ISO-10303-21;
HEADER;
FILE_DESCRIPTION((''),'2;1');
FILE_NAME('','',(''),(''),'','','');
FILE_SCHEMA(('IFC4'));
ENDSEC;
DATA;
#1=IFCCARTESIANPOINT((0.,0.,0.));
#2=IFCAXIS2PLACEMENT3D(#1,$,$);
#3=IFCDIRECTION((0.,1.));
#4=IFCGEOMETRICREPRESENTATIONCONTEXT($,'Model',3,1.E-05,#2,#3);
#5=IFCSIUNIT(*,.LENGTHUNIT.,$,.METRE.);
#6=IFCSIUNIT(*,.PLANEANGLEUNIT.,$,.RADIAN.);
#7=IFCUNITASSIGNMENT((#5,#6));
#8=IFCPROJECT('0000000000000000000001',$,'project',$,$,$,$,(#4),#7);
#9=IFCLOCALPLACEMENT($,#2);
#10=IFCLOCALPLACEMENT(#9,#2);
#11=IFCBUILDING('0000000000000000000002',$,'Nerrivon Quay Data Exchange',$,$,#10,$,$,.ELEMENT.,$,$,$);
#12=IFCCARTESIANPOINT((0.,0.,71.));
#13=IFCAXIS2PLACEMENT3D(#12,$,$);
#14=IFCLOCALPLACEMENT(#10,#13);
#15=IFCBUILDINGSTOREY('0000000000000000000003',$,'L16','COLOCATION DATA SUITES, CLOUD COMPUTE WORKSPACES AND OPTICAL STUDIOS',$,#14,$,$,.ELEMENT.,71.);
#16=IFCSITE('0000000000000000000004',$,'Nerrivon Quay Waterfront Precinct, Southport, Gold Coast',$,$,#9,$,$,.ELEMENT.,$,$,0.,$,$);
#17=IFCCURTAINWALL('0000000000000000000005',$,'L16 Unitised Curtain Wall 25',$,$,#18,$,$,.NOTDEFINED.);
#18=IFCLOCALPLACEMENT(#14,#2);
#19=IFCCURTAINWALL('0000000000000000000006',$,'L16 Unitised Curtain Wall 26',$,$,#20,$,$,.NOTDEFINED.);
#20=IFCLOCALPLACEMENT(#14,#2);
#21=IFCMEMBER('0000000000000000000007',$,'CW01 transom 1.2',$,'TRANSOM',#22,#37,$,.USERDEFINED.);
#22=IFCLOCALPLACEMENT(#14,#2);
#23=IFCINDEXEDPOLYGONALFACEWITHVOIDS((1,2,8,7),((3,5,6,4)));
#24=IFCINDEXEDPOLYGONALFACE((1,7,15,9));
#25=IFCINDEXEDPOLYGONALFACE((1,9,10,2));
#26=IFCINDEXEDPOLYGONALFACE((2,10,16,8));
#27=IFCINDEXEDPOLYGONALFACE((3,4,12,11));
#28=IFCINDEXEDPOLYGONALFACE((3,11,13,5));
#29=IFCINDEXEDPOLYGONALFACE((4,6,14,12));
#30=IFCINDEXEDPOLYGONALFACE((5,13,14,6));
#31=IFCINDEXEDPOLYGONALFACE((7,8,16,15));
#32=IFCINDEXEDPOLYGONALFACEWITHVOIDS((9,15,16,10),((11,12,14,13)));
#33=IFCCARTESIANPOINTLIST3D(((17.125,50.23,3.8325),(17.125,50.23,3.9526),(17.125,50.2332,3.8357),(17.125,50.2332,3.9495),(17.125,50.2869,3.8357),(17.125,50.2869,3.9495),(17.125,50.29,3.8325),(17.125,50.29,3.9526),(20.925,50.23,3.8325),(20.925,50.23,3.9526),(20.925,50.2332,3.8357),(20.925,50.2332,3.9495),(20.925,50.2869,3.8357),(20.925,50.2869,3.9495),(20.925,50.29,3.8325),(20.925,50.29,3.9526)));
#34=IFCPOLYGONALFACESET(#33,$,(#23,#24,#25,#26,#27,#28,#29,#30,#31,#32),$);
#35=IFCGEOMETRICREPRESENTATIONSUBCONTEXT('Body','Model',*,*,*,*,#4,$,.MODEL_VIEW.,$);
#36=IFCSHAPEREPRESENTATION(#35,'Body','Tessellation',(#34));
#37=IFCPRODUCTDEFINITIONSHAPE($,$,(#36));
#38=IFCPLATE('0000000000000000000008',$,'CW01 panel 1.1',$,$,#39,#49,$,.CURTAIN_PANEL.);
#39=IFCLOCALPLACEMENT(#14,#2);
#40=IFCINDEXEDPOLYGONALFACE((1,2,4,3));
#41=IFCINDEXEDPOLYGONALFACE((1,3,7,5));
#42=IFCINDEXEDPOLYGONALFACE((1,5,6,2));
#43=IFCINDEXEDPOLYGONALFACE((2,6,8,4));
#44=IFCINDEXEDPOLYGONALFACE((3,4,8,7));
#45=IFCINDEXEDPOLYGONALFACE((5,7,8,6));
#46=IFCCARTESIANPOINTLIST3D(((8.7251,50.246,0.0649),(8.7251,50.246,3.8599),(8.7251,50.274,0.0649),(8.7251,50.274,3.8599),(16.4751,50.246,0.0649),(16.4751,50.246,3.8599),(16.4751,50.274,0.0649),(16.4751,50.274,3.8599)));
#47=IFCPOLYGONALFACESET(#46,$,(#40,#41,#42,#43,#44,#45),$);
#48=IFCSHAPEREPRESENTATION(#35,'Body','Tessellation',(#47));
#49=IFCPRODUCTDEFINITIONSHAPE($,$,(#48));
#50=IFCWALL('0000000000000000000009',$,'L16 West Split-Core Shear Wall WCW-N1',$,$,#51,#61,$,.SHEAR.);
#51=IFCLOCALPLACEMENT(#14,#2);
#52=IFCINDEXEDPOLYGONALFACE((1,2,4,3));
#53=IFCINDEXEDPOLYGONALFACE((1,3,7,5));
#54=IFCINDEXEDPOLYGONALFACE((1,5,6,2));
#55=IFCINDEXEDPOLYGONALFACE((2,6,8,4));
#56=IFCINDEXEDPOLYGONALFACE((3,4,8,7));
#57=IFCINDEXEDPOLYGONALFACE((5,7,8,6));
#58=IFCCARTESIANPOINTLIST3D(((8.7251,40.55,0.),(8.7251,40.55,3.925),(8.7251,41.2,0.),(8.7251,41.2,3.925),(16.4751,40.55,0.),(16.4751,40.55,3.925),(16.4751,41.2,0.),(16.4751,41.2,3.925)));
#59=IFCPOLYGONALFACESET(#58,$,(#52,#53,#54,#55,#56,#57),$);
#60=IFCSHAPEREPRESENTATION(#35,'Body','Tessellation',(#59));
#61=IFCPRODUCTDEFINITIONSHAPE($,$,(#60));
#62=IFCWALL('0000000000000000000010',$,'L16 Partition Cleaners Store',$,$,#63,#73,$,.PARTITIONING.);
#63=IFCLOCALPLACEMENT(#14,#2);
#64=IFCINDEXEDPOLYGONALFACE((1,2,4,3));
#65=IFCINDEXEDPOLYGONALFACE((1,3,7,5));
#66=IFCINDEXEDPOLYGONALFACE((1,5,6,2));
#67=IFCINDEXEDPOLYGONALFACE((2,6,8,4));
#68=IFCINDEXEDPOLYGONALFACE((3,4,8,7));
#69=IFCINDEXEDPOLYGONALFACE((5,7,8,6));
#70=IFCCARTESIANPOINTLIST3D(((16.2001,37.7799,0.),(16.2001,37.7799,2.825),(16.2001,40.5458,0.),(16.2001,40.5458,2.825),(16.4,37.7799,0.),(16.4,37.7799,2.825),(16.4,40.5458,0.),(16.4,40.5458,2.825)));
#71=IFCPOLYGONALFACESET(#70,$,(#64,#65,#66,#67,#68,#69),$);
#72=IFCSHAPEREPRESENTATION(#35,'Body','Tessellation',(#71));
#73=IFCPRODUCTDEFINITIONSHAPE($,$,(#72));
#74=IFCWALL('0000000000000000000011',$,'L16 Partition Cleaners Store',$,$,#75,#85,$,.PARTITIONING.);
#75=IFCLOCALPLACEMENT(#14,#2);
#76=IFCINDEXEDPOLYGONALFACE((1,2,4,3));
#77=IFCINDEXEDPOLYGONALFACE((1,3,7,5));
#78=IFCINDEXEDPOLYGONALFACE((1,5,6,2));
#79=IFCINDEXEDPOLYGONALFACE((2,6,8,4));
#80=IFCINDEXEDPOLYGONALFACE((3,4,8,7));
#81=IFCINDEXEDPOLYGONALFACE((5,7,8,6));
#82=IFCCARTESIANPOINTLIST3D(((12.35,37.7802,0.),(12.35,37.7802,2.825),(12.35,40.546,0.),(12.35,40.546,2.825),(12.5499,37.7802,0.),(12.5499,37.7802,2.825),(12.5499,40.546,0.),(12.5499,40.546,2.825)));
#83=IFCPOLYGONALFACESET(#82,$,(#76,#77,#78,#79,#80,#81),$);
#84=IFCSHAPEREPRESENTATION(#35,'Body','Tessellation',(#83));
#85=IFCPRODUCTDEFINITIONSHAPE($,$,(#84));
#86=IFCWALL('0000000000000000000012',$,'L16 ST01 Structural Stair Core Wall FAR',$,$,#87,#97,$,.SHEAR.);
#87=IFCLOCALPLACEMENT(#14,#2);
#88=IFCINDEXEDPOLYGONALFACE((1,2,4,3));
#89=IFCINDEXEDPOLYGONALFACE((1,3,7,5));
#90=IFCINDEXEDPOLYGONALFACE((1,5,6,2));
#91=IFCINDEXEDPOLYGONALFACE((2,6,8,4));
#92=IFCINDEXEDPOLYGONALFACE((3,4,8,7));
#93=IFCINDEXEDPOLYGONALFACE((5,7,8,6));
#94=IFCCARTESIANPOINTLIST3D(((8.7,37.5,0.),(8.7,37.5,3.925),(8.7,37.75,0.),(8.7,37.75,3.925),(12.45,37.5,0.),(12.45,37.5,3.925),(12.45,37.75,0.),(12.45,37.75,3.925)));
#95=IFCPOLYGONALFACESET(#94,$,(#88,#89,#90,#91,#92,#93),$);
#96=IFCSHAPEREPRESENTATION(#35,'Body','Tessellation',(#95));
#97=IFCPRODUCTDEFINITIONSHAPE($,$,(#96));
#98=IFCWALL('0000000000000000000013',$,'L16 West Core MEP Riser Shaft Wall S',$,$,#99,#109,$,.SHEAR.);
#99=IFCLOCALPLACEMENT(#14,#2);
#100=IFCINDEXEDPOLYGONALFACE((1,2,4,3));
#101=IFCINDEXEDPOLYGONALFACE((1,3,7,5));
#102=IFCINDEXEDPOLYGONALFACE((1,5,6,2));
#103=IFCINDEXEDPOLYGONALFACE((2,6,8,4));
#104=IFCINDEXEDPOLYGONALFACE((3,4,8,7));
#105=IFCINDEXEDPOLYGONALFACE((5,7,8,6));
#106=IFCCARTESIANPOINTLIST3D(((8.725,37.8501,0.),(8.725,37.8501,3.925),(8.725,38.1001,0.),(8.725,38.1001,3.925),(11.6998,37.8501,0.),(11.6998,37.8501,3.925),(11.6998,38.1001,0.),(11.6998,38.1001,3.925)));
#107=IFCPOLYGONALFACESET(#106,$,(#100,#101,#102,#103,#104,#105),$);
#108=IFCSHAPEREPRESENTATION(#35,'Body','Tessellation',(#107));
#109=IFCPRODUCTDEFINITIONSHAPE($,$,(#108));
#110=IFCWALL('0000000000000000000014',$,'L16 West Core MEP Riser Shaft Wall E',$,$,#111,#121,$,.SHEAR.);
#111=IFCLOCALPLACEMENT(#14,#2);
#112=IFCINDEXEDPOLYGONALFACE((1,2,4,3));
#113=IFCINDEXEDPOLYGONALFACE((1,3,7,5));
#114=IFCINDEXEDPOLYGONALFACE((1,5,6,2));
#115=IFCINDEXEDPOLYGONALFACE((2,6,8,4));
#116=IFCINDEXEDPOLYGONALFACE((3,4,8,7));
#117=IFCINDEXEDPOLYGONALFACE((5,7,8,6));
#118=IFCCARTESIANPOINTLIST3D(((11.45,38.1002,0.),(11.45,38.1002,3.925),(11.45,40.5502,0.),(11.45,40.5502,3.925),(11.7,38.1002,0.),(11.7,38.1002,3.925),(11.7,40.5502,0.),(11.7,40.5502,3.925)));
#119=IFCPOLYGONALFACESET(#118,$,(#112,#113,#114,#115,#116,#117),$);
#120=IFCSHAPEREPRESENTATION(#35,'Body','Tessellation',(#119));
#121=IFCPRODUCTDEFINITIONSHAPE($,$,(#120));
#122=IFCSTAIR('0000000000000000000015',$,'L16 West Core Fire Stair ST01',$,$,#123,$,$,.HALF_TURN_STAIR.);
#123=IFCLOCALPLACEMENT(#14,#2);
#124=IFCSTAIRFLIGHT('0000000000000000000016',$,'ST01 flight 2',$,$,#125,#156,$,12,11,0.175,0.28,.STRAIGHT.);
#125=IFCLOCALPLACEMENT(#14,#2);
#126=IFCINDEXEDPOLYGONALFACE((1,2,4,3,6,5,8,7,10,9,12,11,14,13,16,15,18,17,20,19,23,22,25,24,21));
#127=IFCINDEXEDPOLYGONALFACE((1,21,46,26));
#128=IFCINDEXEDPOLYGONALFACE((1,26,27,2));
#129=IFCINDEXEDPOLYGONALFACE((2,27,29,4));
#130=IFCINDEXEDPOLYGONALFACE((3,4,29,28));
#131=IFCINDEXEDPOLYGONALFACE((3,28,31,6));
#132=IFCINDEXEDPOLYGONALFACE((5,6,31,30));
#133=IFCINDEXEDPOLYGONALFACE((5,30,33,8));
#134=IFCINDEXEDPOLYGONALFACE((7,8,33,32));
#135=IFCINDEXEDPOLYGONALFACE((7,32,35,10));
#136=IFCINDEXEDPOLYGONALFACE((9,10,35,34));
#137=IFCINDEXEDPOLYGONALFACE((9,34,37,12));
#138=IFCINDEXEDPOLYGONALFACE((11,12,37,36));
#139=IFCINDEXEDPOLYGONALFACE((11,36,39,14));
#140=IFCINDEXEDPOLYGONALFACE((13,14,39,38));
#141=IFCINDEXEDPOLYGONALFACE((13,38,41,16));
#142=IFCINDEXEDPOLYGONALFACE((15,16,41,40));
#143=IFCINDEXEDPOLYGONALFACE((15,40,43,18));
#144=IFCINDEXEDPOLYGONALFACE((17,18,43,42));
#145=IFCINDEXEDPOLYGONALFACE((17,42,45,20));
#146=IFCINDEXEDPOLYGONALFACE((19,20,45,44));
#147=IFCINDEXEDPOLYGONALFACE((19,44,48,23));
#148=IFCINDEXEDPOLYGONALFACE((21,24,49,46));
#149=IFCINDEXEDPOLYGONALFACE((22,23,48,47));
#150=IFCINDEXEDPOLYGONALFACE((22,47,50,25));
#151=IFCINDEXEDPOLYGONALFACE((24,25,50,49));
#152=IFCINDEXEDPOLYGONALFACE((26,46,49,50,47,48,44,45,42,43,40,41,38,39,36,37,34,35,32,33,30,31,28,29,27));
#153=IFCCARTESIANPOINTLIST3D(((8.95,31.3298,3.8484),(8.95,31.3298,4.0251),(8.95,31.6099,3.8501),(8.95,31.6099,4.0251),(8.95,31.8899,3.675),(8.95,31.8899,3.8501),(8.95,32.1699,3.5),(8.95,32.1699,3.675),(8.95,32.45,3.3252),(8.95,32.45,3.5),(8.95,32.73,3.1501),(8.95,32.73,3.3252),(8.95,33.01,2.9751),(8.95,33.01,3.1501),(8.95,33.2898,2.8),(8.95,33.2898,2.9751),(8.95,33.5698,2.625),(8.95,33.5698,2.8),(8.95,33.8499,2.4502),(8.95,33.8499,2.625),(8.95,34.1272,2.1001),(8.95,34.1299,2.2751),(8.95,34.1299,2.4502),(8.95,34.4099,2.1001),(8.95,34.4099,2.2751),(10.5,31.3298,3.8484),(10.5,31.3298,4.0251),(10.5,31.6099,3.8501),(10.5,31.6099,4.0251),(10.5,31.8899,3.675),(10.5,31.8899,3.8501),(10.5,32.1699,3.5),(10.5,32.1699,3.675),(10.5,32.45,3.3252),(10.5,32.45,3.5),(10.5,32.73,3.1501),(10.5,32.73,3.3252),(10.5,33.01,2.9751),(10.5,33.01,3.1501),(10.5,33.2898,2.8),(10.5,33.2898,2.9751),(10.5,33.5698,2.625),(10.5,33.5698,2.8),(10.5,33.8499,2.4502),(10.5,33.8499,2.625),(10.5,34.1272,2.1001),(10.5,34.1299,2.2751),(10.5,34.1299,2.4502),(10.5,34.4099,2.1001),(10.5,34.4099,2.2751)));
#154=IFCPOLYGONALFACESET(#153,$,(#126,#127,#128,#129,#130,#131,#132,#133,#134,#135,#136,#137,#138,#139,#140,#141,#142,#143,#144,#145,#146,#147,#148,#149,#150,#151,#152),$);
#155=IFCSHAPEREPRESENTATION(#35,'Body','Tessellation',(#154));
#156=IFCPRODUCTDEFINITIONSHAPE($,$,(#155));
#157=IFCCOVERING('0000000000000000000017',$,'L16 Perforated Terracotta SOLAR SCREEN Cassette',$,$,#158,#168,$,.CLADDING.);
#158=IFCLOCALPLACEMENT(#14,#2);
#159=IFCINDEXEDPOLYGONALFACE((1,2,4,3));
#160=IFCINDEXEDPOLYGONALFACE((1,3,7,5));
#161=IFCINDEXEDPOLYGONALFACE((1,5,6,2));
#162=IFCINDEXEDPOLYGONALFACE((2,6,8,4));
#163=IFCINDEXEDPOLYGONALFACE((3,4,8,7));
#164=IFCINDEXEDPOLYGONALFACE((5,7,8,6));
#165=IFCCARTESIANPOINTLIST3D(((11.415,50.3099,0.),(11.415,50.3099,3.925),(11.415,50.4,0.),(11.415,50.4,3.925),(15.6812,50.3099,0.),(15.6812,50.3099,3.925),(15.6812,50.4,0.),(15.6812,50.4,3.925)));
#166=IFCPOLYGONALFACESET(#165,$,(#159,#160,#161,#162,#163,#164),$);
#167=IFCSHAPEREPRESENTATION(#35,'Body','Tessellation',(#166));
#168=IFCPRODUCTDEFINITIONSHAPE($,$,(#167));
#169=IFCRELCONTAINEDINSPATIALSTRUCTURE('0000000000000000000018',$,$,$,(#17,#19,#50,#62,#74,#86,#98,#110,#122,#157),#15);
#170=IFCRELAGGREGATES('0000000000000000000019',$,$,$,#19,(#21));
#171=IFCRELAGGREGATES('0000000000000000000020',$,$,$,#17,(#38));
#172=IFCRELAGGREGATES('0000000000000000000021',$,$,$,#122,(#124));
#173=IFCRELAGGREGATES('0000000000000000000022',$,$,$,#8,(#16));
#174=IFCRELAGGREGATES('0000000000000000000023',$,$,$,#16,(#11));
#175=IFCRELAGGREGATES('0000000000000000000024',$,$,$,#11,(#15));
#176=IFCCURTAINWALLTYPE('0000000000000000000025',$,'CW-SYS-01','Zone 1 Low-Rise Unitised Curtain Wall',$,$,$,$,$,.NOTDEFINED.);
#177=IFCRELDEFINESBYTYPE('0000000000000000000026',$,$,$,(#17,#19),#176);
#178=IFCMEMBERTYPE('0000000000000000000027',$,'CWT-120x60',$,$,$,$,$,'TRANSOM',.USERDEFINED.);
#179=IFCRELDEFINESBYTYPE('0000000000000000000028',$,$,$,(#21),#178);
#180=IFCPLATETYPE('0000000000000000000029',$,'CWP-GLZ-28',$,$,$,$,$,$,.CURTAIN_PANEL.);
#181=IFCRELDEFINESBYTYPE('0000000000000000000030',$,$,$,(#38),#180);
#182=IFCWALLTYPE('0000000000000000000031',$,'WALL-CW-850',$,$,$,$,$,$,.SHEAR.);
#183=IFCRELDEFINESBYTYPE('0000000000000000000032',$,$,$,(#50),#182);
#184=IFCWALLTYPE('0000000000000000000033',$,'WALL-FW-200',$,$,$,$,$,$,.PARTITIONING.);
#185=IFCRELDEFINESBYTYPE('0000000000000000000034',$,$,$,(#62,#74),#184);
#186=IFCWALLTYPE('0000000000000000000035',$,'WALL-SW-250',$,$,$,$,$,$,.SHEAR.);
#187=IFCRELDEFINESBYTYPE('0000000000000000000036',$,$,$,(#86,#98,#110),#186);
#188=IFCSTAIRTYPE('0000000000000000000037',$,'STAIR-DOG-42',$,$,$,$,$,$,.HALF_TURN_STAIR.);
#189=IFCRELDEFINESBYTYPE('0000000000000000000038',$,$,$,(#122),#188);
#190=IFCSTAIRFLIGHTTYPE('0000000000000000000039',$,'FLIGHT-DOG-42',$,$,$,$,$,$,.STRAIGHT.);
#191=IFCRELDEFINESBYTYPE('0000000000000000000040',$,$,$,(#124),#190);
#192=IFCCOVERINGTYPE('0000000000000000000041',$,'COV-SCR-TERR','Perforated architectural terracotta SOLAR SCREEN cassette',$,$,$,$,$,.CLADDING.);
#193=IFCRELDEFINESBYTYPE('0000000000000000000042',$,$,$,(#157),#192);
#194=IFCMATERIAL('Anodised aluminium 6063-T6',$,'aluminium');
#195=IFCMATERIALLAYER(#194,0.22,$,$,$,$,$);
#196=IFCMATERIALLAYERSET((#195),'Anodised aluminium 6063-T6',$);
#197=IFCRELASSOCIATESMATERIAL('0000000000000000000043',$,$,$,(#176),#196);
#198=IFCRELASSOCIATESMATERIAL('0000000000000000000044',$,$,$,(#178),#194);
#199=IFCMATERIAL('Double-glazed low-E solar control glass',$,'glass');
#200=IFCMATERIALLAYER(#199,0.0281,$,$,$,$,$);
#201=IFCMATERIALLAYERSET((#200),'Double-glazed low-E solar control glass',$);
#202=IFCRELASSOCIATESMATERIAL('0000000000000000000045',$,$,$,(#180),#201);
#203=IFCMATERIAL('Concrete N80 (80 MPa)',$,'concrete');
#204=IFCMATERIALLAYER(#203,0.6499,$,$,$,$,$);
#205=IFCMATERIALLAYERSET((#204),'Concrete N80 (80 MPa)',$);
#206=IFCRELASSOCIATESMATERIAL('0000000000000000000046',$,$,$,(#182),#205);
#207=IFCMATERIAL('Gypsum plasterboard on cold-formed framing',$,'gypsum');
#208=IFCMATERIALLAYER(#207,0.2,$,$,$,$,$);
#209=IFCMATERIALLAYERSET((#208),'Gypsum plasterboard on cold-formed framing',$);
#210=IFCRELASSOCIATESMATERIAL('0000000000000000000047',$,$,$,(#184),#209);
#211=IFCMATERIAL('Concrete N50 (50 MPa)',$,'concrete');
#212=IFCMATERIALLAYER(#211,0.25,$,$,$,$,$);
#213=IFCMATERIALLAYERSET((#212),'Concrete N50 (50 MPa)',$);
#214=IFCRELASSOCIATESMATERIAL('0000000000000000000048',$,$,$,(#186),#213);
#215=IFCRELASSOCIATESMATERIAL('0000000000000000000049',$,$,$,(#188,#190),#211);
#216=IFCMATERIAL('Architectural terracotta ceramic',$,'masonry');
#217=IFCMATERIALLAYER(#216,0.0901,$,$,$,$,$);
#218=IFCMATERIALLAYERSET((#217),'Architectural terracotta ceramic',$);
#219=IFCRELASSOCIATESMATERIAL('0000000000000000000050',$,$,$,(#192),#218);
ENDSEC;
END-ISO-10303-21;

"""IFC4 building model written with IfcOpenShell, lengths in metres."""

from ifc_helpers import new_model, si_unit, direction, frame, frame_2d, origin, origin_2d, place, context, subcontext, project, spatial, polyline, rectangle, hollow_rectangle, outline, extrude, material, layer, layer_set, material_profile, profile_set, type_object, element, aggregate, save


model = new_model("IFC4")

# Units and contexts
model_context = context("Model", 3, precision=1e-05, world=origin(), true_north=direction((0.0, 1.0)))
body_context = subcontext(model_context, "Body", "Model", "MODEL_VIEW")
ifc_project = project(units=[si_unit("LENGTHUNIT", "METRE"), si_unit("PLANEANGLEUNIT", "RADIAN")], contexts=[model_context])

# Site, building, storey
site_placement = place(None, origin())
site = spatial("IfcSite", under=ifc_project, at=site_placement, Name="Nerrivon Quay Waterfront Precinct, Southport, Gold Coast", CompositionType="ELEMENT", RefElevation=0.0)
building_placement = place(site_placement, origin())
building = spatial("IfcBuilding", under=site, at=building_placement, Name="Nerrivon Quay Data Exchange", CompositionType="ELEMENT")
storey_placement = place(building_placement, frame((0.0, 0.0, 71.0)))
storey = spatial("IfcBuildingStorey", under=building, at=storey_placement, Name="L16", Description="COLOCATION DATA SUITES, CLOUD COMPUTE WORKSPACES AND OPTICAL STUDIOS", CompositionType="ELEMENT", Elevation=71.0)

# Shared definitions
ifc_material_1 = material(Name="Concrete N80 (80 MPa)", Category="concrete")

# Curtain walls
ifc_material_2 = material(Name="Anodised aluminium 6063-T6", Category="aluminium")
ifc_layer_1 = layer(ifc_material_2, 0.22)
ifc_layer_set_1 = layer_set([ifc_layer_1], Name="Anodised aluminium 6063-T6")
curtain_wall_type = type_object("IfcCurtainWallType", Name="CW-SYS-01", Description="Zone 1 Low-Rise Unitised Curtain Wall", PredefinedType="NOTDEFINED", material=ifc_layer_set_1)
curtain_wall_1_placement = place(storey_placement, origin())
curtain_wall_1 = element("IfcCurtainWall", 1, at=curtain_wall_1_placement, inside=storey, type_object=curtain_wall_type, Name="L16 Unitised Curtain Wall 25", PredefinedType="NOTDEFINED")
curtain_wall_2_placement = place(storey_placement, origin())
curtain_wall_2 = element("IfcCurtainWall", 2, at=curtain_wall_2_placement, inside=storey, type_object=curtain_wall_type, Name="L16 Unitised Curtain Wall 26", PredefinedType="NOTDEFINED")

# Member
ifc_material_profile_1 = material_profile(ifc_material_2, hollow_rectangle(XDim=0.0601, YDim=0.1201, WallThickness=0.0032, at=origin_2d()), Name="ALU-TRAN-120x60")
ifc_profile_set_1 = profile_set([ifc_material_profile_1], Name="Anodised aluminium 6063-T6")
member_type_1 = type_object("IfcMemberType", Name="CWT-120x60", ElementType="TRANSOM", PredefinedType="USERDEFINED", material=ifc_profile_set_1)
member_1_placement = place(storey_placement, frame((17.125, 50.26, 3.8926), z_axis=(1.0, 0.0, 0.0), x_axis=(0.0, 1.0, 0.0)))
member_1 = element("IfcMember", 3, at=member_1_placement, type_object=member_type_1, Name="CW01 transom 1.2", ObjectType="TRANSOM", PredefinedType="USERDEFINED", context=body_context, shape_type="SweptSolid", body=[
    extrude(hollow_rectangle(XDim=0.0601, YDim=0.1201, WallThickness=0.0032, at=origin_2d()), origin(), (0.0, 0.0, 1.0), 3.8),
])
aggregate(curtain_wall_2, [member_1])

# Plate
ifc_material_3 = material(Name="Double-glazed low-E solar control glass", Category="glass")
ifc_layer_2 = layer(ifc_material_3, 0.0281)
ifc_layer_set_2 = layer_set([ifc_layer_2], Name="Double-glazed low-E solar control glass")
plate_type = type_object("IfcPlateType", Name="CWP-GLZ-28", PredefinedType="CURTAIN_PANEL", material=ifc_layer_set_2)
plate_placement = place(storey_placement, frame((12.6001, 50.26, 0.0649), z_axis=(0.0, 0.0, 1.0), x_axis=(1.0, 0.0, 0.0)))
plate = element("IfcPlate", 4, at=plate_placement, type_object=plate_type, Name="CW01 panel 1.1", PredefinedType="CURTAIN_PANEL", context=body_context, shape_type="SweptSolid", body=[
    extrude(rectangle(XDim=7.75, YDim=0.0281, at=origin_2d()), origin(), (0.0, 0.0, 1.0), 3.7949),
])
aggregate(curtain_wall_1, [plate])

# Wall
ifc_layer_3 = layer(ifc_material_1, 0.6499)
ifc_layer_set_3 = layer_set([ifc_layer_3], Name="Concrete N80 (80 MPa)")
wall_type_1 = type_object("IfcWallType", Name="WALL-CW-850", PredefinedType="SHEAR", material=ifc_layer_set_3)
wall_1_placement = place(storey_placement, frame((8.7251, 40.875, 0.0), z_axis=(0.0, 0.0, 1.0), x_axis=(1.0, 0.0, 0.0)))
element("IfcWall", 5, at=wall_1_placement, inside=storey, type_object=wall_type_1, Name="L16 West Split-Core Shear Wall WCW-N1", PredefinedType="SHEAR", context=body_context, shape_type="SweptSolid", body=[
    extrude(rectangle(XDim=7.75, YDim=0.6499, at=frame_2d((3.875, 0.0))), origin(), (0.0, 0.0, 1.0), 3.925),
])

# Walls
ifc_material_4 = material(Name="Gypsum plasterboard on cold-formed framing", Category="gypsum")
ifc_layer_4 = layer(ifc_material_4, 0.2)
ifc_layer_set_4 = layer_set([ifc_layer_4], Name="Gypsum plasterboard on cold-formed framing")
wall_type_2 = type_object("IfcWallType", Name="WALL-FW-200", PredefinedType="PARTITIONING", material=ifc_layer_set_4)
for number, where, z_axis, x_axis, name in (
    (6, (16.3, 37.78, 0.0), (0.0, 0.0, 1.0), (0.0, 1.0, 0.0), "L16 Partition Cleaners Store"),
    (7, (12.45, 40.5459, 0.0), (0.0, 0.0, 1.0), (0.0, -1.0, 0.0), "L16 Partition Cleaners Store"),
):
    element("IfcWall", number, at=place(storey_placement, frame(where, z_axis=z_axis, x_axis=x_axis)), inside=storey, type_object=wall_type_2, Name=name, PredefinedType="PARTITIONING", context=body_context, shape_type="SweptSolid", body=[
        extrude(rectangle(XDim=2.7659, YDim=0.2, at=frame_2d((1.3828, 0.0))), origin(), (0.0, 0.0, 1.0), 2.825),
    ])
ifc_material_5 = material(Name="Concrete N50 (50 MPa)", Category="concrete")
ifc_layer_5 = layer(ifc_material_5, 0.25)
ifc_layer_set_5 = layer_set([ifc_layer_5], Name="Concrete N50 (50 MPa)")
wall_type_3 = type_object("IfcWallType", Name="WALL-SW-250", PredefinedType="SHEAR", material=ifc_layer_set_5)
wall_2_placement = place(storey_placement, frame((12.45, 37.625, 0.0), z_axis=(0.0, 0.0, 1.0), x_axis=(-1.0, 0.0, 0.0)))
element("IfcWall", 8, at=wall_2_placement, inside=storey, type_object=wall_type_3, Name="L16 ST01 Structural Stair Core Wall FAR", PredefinedType="SHEAR", context=body_context, shape_type="SweptSolid", body=[
    extrude(rectangle(XDim=3.75, YDim=0.25, at=frame_2d((1.875, 0.0))), origin(), (0.0, 0.0, 1.0), 3.925),
])
wall_3_placement = place(storey_placement, frame((8.7251, 37.9751, 0.0), z_axis=(0.0, 0.0, 1.0), x_axis=(1.0, 0.0, 0.0)))
element("IfcWall", 9, at=wall_3_placement, inside=storey, type_object=wall_type_3, Name="L16 West Core MEP Riser Shaft Wall S", PredefinedType="SHEAR", context=body_context, shape_type="SweptSolid", body=[
    extrude(rectangle(XDim=2.9749, YDim=0.25, at=frame_2d((1.4873, 0.0))), origin(), (0.0, 0.0, 1.0), 3.925),
])
wall_4_placement = place(storey_placement, frame((11.575, 38.1001, 0.0), z_axis=(0.0, 0.0, 1.0), x_axis=(0.0, 1.0, 0.0)))
element("IfcWall", 10, at=wall_4_placement, inside=storey, type_object=wall_type_3, Name="L16 West Core MEP Riser Shaft Wall E", PredefinedType="SHEAR", context=body_context, shape_type="SweptSolid", body=[
    extrude(rectangle(XDim=2.45, YDim=0.25, at=frame_2d((1.2251, 0.0))), origin(), (0.0, 0.0, 1.0), 3.925),
])

# Stair, stair flight
stair_type = type_object("IfcStairType", Name="STAIR-DOG-42", PredefinedType="HALF_TURN_STAIR", material=ifc_material_5)
stair_placement = place(storey_placement, origin())
stair = element("IfcStair", 11, at=stair_placement, inside=storey, type_object=stair_type, Name="L16 West Core Fire Stair ST01", PredefinedType="HALF_TURN_STAIR")
stair_flight_type = type_object("IfcStairFlightType", Name="FLIGHT-DOG-42", PredefinedType="STRAIGHT", material=ifc_material_5)
stair_flight_placement = place(storey_placement, frame((9.7251, 34.4099, 2.1001), z_axis=(0.0, 0.0, 1.0), x_axis=(0.0, -1.0, 0.0)))
stair_flight = element("IfcStairFlight", 12, at=stair_flight_placement, type_object=stair_flight_type, Name="ST01 flight 2", NumberOfRisers=12, NumberOfTreads=11, PredefinedType="STRAIGHT", RiserHeight=0.175, TreadLength=0.28, context=body_context, shape_type="SweptSolid", body=[
    extrude(outline(polyline([(0.0, 0.0), (0.0, 0.175), (0.28, 0.175), (0.28, 0.3501), (0.5601, 0.3501), (0.5601, 0.5249), (0.8401, 0.5249), (0.8401, 0.7), (1.1201, 0.7), (1.1201, 0.875), (1.3999, 0.875), (1.3999, 1.05), (1.6799, 1.05), (1.6799, 1.2251), (1.96, 1.2251), (1.96, 1.3999), (2.24, 1.3999), (2.24, 1.575), (2.52, 1.575), (2.52, 1.75), (2.8, 1.75), (2.8, 1.925), (3.0801, 1.925), (3.0801, 2.1001), (3.0801, 1.7483), (0.2827, 0.0), (0.0, 0.0)])), frame((0.0, 0.7749, 0.0), z_axis=(0.0, -1.0, 0.0), x_axis=(1.0, 0.0, 0.0)), (0.0, 0.0, 1.0), 1.55),
])
aggregate(stair, [stair_flight])

# Covering
ifc_material_6 = material(Name="Architectural terracotta ceramic", Category="masonry")
ifc_layer_6 = layer(ifc_material_6, 0.0901)
ifc_layer_set_6 = layer_set([ifc_layer_6], Name="Architectural terracotta ceramic")
covering_type = type_object("IfcCoveringType", Name="COV-SCR-TERR", Description="Perforated architectural terracotta SOLAR SCREEN cassette", PredefinedType="CLADDING", material=ifc_layer_set_6)
covering_placement = place(storey_placement, frame((13.5481, 50.355, 0.0), z_axis=(0.0, 0.0, 1.0), x_axis=(1.0, 0.0, 0.0)))
element("IfcCovering", 13, at=covering_placement, inside=storey, type_object=covering_type, Name="L16 Perforated Terracotta SOLAR SCREEN Cassette", PredefinedType="CLADDING", context=body_context, shape_type="SweptSolid", body=[
    extrude(rectangle(XDim=4.2661, YDim=0.0901, at=origin_2d()), origin(), (0.0, 0.0, 1.0), 3.925),
])

save(model, "model.ifc")
